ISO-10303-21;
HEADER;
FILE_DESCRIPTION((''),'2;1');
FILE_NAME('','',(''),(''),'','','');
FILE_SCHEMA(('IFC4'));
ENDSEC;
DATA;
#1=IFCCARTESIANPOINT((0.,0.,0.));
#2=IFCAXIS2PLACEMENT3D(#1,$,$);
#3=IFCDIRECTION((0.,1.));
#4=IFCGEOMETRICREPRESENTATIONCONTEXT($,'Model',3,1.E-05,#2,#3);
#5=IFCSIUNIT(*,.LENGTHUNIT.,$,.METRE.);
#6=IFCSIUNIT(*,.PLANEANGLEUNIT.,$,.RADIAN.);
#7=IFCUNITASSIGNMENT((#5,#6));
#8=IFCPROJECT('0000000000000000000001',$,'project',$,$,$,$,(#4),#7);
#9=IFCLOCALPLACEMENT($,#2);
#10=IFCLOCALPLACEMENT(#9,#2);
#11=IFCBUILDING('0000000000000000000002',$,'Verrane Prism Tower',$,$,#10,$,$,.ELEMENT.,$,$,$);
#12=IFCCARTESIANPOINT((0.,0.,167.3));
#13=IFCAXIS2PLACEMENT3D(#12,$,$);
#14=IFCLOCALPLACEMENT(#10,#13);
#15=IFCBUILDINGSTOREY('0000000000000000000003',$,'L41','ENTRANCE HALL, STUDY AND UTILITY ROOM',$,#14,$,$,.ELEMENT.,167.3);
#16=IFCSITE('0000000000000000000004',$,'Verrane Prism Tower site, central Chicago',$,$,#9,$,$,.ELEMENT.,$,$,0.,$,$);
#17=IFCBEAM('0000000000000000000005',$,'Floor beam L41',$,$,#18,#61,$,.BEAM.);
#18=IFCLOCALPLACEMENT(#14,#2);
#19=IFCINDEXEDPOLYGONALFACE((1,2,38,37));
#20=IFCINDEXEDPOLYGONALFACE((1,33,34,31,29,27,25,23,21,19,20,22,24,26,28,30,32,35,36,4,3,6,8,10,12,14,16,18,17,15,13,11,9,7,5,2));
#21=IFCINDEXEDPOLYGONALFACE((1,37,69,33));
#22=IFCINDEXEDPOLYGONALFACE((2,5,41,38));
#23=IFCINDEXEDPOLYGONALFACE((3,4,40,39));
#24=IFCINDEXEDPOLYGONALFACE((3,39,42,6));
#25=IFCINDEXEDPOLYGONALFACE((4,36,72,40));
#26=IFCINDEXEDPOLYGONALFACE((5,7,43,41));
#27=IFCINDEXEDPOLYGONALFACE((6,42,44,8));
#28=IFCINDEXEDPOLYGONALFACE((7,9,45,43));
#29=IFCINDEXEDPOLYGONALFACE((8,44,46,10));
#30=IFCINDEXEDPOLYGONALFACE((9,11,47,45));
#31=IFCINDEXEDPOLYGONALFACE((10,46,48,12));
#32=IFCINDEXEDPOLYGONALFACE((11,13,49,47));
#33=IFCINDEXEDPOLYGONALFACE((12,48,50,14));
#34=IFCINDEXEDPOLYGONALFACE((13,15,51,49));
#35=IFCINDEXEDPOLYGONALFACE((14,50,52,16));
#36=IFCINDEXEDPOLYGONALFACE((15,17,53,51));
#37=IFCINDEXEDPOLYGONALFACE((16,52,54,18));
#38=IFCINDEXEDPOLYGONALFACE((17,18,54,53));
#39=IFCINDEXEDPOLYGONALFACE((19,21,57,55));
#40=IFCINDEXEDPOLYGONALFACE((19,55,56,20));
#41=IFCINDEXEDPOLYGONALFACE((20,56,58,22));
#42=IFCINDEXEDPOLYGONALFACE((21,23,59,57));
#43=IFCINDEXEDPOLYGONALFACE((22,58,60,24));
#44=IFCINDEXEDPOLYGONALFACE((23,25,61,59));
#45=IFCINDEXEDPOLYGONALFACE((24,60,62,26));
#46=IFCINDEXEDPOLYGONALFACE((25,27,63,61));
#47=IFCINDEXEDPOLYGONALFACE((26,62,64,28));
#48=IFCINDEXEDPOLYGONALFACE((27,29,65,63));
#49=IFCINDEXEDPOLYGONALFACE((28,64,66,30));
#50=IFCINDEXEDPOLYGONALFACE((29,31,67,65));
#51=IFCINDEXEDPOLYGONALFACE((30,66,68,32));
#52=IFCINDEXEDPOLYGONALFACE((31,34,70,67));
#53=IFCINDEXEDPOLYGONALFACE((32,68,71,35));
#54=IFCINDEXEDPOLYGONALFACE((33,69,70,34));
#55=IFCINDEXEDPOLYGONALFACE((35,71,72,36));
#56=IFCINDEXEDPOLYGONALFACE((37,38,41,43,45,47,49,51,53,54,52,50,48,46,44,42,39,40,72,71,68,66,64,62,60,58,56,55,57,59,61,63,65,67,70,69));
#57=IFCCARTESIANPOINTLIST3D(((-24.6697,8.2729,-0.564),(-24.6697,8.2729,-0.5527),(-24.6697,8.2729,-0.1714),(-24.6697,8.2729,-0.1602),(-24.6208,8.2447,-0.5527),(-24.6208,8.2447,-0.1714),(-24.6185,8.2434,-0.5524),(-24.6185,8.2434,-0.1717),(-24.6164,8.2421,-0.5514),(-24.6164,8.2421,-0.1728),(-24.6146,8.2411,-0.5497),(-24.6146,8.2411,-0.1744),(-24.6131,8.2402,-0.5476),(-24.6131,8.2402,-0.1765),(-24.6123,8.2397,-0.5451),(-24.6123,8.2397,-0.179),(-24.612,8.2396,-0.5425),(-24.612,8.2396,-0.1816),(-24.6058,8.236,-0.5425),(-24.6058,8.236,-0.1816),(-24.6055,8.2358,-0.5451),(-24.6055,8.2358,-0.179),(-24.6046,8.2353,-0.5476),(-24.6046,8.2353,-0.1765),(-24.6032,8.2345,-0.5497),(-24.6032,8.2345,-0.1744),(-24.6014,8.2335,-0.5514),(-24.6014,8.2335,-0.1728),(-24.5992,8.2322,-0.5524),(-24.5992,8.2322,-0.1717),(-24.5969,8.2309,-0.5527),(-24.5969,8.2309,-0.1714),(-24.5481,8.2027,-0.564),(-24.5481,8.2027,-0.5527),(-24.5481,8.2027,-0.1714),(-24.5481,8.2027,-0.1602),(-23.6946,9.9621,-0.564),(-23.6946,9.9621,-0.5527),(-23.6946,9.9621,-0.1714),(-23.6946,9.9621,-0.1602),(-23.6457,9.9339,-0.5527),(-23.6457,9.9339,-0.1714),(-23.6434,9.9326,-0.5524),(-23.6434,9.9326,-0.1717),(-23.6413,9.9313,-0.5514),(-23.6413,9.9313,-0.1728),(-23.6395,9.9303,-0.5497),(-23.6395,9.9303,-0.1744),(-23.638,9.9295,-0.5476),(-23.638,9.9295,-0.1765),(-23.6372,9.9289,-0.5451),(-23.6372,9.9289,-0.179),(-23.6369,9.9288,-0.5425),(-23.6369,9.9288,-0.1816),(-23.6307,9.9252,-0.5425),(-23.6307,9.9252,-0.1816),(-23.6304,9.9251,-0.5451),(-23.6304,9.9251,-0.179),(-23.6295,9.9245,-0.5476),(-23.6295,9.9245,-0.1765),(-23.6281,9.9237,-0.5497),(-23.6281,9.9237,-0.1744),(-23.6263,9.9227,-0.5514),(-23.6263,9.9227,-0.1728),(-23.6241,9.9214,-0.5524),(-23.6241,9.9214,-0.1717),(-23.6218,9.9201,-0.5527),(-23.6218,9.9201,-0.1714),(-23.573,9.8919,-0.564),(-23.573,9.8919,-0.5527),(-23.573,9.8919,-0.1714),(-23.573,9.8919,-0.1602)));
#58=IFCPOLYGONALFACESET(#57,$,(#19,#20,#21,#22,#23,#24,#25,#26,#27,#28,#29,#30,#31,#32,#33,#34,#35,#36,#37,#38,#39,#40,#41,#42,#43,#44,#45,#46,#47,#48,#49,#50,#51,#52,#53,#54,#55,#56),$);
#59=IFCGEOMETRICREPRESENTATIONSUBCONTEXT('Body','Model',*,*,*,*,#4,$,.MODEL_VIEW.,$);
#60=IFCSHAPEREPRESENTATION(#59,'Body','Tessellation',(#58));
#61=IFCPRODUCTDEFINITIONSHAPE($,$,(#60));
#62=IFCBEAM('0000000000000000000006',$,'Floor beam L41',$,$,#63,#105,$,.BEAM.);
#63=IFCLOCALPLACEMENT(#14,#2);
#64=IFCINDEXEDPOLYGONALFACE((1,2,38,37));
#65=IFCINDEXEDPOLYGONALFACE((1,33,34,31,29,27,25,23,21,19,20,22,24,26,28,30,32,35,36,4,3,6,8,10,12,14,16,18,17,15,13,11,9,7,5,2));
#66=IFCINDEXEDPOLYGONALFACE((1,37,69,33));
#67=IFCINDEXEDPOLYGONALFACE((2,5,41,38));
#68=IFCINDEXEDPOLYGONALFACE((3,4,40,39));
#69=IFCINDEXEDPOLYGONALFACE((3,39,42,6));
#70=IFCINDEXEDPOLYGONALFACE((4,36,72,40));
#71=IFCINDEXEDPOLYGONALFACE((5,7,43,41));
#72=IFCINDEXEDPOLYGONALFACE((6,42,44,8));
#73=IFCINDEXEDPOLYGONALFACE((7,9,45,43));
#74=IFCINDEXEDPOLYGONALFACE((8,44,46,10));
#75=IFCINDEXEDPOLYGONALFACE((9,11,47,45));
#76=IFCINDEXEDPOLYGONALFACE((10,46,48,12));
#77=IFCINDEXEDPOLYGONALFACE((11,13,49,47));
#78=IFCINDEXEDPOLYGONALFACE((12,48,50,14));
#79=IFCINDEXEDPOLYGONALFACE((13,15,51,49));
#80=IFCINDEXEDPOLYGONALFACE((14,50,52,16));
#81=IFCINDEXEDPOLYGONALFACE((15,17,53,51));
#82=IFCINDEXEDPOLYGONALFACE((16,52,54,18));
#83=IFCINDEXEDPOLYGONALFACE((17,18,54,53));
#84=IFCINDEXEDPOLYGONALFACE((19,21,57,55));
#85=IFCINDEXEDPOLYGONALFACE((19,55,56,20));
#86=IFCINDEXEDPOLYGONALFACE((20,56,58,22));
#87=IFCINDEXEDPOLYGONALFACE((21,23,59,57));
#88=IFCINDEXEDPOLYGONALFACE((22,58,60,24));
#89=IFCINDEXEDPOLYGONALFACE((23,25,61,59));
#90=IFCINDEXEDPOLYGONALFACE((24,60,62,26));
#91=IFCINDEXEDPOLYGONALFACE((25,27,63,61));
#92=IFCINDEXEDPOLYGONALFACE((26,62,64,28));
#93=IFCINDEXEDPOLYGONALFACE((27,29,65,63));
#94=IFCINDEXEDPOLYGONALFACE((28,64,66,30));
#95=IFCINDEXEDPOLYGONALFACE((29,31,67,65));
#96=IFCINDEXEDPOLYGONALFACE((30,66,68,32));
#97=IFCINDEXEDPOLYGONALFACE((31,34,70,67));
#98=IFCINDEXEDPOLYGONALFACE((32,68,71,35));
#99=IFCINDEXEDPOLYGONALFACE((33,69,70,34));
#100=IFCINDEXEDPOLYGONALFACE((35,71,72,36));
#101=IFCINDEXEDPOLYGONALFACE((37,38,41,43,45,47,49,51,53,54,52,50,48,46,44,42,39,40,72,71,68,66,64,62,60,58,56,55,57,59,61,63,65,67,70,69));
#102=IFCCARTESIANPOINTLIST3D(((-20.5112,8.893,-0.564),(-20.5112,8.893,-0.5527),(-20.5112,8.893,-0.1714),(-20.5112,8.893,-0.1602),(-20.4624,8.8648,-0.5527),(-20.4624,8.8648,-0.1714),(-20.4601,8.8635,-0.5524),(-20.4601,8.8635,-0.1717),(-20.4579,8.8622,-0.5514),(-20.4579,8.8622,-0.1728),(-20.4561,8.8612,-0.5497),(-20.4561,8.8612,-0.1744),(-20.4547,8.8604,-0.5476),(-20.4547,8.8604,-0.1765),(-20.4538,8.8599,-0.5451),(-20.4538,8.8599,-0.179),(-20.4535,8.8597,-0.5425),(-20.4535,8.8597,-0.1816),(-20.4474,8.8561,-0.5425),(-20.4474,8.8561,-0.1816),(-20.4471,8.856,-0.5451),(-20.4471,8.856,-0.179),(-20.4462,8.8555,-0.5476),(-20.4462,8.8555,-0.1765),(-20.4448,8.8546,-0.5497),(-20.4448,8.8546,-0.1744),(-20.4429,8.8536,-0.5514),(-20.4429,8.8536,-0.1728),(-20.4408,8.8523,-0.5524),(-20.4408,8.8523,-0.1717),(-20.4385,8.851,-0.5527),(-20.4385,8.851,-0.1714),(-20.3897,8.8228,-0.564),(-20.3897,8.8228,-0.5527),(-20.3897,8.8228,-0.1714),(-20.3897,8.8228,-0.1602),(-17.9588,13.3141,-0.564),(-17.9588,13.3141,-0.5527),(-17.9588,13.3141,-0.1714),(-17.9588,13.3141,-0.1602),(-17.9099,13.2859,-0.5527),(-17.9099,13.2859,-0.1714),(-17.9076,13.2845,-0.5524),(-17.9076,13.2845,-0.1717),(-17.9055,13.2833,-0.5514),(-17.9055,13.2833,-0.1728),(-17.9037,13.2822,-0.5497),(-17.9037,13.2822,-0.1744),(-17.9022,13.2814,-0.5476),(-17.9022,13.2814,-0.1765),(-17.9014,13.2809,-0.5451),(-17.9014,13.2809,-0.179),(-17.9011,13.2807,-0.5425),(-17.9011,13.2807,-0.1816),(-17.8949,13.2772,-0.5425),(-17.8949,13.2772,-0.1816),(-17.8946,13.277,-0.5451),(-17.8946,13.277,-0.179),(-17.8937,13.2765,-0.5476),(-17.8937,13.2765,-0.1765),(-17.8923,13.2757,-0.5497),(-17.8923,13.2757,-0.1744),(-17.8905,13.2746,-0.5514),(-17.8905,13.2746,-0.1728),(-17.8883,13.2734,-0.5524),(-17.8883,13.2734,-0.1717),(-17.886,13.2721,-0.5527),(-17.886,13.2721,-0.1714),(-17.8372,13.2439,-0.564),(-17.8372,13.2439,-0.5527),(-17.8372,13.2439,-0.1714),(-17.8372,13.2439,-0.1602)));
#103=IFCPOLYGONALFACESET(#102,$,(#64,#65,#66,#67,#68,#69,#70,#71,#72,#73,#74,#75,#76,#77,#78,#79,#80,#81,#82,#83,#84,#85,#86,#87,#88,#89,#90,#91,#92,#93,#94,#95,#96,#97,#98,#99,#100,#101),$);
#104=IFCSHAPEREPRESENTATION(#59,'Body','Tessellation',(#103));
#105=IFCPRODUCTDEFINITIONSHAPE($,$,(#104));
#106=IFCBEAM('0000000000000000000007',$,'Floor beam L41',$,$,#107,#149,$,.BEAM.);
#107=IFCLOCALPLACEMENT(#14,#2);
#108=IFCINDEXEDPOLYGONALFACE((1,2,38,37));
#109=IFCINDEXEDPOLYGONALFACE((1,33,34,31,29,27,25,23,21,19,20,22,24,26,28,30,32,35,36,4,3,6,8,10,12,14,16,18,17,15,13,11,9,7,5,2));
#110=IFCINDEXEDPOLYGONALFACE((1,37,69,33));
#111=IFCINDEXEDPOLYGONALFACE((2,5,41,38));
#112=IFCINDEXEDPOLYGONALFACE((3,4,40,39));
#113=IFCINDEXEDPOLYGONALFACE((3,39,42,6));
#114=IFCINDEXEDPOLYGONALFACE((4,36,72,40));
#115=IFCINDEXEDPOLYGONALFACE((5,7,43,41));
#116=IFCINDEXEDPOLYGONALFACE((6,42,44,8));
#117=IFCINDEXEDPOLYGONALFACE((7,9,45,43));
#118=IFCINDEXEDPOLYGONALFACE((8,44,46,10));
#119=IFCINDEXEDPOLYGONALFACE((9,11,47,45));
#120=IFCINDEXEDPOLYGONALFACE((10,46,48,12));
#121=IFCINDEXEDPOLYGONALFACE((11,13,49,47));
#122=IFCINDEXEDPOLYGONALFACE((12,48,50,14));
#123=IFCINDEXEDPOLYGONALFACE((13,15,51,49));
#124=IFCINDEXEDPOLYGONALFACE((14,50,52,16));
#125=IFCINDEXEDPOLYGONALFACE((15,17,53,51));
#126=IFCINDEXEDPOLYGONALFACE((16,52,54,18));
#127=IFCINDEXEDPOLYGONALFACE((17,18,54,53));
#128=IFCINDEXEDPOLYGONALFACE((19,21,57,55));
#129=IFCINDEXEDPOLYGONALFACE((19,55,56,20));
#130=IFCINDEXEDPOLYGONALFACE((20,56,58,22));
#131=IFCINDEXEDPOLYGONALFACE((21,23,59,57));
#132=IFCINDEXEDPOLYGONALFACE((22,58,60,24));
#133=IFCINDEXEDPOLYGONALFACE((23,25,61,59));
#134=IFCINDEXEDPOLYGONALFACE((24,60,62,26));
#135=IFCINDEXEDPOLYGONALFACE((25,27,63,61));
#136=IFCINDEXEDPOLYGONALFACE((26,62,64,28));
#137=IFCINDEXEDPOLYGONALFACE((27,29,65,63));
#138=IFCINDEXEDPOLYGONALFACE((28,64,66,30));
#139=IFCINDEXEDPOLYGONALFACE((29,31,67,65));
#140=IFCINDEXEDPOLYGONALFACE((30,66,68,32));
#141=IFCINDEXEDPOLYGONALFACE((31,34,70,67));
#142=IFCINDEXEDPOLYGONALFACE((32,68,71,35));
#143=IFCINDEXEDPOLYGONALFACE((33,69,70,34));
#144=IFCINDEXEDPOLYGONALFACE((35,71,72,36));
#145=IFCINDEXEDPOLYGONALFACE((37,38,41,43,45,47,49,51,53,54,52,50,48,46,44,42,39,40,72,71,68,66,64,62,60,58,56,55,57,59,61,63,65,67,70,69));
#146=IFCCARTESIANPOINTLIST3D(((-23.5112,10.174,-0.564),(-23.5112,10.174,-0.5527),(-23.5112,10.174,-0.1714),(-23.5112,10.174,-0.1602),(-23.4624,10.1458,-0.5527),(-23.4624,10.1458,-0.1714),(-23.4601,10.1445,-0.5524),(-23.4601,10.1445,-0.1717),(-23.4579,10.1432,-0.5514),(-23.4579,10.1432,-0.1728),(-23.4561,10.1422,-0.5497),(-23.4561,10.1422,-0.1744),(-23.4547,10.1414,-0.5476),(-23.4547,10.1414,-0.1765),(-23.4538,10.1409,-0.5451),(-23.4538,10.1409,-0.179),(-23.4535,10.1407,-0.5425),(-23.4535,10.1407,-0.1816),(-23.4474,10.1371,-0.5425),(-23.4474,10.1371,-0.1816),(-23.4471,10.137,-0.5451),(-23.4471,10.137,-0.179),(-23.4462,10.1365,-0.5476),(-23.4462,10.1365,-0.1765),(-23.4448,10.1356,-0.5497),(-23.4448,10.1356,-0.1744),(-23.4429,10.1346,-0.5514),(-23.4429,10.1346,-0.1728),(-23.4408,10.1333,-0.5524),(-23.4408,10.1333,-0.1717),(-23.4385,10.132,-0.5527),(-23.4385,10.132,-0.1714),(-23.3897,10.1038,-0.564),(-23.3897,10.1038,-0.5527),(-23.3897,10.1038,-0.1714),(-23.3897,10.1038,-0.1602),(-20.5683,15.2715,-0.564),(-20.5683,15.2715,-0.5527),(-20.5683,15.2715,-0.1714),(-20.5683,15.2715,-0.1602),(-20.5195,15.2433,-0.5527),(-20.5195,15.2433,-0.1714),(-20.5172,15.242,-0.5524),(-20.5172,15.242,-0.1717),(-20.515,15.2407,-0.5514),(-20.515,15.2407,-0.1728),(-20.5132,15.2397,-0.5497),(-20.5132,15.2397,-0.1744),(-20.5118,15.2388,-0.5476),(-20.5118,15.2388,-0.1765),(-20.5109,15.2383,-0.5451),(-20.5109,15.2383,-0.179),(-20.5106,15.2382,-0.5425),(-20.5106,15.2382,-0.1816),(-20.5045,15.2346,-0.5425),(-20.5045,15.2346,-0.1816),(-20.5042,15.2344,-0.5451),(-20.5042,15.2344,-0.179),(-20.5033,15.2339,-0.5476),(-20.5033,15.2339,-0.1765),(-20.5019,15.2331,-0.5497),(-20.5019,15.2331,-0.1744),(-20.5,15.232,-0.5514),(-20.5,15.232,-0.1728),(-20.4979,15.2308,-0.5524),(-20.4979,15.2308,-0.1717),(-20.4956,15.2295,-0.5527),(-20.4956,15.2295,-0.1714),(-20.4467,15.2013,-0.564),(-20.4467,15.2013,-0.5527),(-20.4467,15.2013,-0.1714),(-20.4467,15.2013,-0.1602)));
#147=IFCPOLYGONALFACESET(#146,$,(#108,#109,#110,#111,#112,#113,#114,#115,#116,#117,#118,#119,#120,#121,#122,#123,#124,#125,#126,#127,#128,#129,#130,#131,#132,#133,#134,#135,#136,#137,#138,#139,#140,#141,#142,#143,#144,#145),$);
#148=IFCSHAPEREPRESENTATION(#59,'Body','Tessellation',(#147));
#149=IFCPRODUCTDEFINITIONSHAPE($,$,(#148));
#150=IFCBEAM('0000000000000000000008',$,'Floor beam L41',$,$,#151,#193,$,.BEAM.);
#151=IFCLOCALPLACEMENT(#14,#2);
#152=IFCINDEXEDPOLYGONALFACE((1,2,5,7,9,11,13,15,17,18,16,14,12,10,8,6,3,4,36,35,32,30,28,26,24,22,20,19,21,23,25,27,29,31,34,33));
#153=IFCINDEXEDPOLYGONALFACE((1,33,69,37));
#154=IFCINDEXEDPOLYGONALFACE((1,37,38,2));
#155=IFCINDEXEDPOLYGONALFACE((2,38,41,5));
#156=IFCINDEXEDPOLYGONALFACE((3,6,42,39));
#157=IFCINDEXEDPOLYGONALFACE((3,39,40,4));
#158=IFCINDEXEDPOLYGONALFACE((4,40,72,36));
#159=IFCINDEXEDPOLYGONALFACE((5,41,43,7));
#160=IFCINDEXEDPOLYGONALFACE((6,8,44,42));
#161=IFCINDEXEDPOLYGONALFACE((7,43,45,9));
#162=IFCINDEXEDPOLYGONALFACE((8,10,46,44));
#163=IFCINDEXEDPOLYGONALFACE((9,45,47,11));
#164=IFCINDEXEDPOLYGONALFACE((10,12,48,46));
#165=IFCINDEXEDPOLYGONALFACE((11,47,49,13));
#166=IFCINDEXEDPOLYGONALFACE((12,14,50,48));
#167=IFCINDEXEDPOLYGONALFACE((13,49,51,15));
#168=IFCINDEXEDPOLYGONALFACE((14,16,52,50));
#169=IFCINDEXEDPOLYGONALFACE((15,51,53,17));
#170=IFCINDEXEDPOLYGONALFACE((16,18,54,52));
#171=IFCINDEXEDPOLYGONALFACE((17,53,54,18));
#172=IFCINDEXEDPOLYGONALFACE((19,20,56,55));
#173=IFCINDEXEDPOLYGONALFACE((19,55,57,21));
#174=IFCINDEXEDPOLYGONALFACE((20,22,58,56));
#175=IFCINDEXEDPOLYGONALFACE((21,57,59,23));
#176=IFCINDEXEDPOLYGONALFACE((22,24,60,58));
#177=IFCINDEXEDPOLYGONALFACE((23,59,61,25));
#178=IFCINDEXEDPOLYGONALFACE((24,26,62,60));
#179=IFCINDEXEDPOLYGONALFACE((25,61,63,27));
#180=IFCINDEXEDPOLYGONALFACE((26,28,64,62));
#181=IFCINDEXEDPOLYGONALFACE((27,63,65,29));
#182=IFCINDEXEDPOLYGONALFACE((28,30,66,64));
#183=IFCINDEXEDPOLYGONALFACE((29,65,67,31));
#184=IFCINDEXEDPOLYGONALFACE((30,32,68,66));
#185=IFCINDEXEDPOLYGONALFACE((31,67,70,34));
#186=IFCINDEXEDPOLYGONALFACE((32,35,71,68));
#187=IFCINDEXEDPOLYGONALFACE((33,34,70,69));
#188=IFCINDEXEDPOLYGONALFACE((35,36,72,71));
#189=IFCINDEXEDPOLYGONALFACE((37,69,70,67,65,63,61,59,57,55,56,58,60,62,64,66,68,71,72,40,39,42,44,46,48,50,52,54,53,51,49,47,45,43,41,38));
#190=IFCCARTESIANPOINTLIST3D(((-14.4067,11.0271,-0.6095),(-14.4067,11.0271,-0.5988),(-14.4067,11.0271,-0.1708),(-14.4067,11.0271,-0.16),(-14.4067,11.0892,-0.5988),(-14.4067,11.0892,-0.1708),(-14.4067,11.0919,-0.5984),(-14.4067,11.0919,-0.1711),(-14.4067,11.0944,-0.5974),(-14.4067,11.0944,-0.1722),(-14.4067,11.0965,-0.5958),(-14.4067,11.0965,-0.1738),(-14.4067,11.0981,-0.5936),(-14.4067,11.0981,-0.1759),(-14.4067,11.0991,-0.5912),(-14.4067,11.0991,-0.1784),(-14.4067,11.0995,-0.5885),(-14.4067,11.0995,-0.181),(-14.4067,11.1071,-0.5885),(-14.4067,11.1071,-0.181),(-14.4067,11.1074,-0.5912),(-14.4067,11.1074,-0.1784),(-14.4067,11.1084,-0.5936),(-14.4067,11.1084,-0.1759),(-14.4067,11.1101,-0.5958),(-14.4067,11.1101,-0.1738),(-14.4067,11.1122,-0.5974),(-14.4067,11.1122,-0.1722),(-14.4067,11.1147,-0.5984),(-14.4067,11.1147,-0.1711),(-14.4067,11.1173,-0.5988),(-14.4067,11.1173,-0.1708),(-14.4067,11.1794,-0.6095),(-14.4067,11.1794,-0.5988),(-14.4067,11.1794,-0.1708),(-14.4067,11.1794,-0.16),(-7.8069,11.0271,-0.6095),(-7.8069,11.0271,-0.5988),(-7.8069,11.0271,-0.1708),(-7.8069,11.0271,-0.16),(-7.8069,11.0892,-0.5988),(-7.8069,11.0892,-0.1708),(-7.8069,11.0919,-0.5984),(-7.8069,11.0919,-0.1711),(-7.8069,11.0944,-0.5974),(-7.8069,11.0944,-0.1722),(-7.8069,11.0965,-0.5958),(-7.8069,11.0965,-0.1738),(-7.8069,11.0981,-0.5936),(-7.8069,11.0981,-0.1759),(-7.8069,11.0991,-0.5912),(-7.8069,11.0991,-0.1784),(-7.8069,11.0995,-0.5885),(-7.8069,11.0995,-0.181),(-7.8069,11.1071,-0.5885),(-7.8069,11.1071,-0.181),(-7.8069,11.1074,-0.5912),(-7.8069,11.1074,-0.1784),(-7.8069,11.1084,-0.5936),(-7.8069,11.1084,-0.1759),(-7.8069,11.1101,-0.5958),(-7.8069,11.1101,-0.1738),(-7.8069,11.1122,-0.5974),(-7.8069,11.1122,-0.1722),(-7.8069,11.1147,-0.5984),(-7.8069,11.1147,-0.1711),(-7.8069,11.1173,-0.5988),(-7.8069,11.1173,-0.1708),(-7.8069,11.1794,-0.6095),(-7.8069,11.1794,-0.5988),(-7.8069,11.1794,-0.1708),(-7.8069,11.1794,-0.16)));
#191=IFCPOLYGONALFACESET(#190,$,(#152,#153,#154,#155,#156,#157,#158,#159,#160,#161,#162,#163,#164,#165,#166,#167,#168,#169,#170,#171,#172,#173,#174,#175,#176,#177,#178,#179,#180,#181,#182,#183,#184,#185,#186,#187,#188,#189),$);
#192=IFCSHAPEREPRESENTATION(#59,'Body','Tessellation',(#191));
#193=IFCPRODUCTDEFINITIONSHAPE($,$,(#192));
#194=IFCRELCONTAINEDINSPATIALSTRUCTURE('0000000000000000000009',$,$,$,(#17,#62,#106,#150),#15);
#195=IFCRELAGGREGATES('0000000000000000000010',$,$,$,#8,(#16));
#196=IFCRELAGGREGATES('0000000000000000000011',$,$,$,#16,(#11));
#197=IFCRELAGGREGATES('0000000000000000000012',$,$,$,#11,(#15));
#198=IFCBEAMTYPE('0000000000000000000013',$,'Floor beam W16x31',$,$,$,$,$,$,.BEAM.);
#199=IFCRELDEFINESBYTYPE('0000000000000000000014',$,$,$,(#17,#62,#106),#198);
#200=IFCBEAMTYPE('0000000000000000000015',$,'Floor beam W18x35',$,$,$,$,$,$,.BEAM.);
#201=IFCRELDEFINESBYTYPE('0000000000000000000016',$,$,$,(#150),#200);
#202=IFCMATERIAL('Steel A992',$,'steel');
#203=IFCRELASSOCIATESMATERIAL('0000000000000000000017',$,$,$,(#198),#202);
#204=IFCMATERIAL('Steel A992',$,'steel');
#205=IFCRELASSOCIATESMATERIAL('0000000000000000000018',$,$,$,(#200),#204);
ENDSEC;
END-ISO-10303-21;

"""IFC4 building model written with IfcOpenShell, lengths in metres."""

from ifc_helpers import new_model, si_unit, direction, frame, origin, origin_2d, place, context, subcontext, project, spatial, i_section, extrude, material, material_profile, profile_set, type_object, element, save


model = new_model("IFC4")

# Units and contexts
model_context = context("Model", 3, precision=1e-05, world=origin(), true_north=direction((0.0, 1.0)))
body_context = subcontext(model_context, "Body", "Model", "MODEL_VIEW")
ifc_project = project(units=[si_unit("LENGTHUNIT", "METRE"), si_unit("PLANEANGLEUNIT", "RADIAN")], contexts=[model_context])

# Site, building, storey
site_placement = place(None, origin())
site = spatial("IfcSite", under=ifc_project, at=site_placement, Name="Verrane Prism Tower site, central Chicago", CompositionType="ELEMENT", RefElevation=0.0)
building_placement = place(site_placement, origin())
building = spatial("IfcBuilding", under=site, at=building_placement, Name="Verrane Prism Tower", CompositionType="ELEMENT")
storey_placement = place(building_placement, frame((0.0, 0.0, 167.3)))
storey = spatial("IfcBuildingStorey", under=building, at=storey_placement, Name="L41", Description="ENTRANCE HALL, STUDY AND UTILITY ROOM", CompositionType="ELEMENT", Elevation=167.3)

# Beams
ifc_material_1 = material(Name="Steel A992", Category="steel")
ifc_material_profile_1 = material_profile(ifc_material_1, i_section(OverallWidth=0.1404, OverallDepth=0.4038, WebThickness=0.0071, FlangeThickness=0.0112, FilletRadius=0.0103, at=origin_2d()), Name="W16x31")
ifc_profile_set_1 = profile_set([ifc_material_profile_1], Name="Steel A992")
beam_type_1 = type_object("IfcBeamType", Name="Floor beam W16x31", PredefinedType="BEAM", material=ifc_profile_set_1)
beam_1_placement = place(storey_placement, frame((-24.6089, 8.2378, -0.3621), z_axis=(0.499936, 0.866063, 0.0), x_axis=(-0.866063, 0.499936, 0.0)))
element("IfcBeam", 1, at=beam_1_placement, inside=storey, type_object=beam_type_1, Name="Floor beam L41", PredefinedType="BEAM", context=body_context, shape_type="SweptSolid", body=[
    extrude(i_section(OverallWidth=0.1404, OverallDepth=0.4038, WebThickness=0.0071, FlangeThickness=0.0112, FilletRadius=0.0103, at=origin_2d()), origin(), (0.0, 0.0, 1.0), 1.9504),
])
beam_2_placement = place(storey_placement, frame((-20.4504, 8.8579, -0.3621), z_axis=(0.499992, 0.86603, 0.0), x_axis=(-0.86603, 0.499992, 0.0)))
element("IfcBeam", 2, at=beam_2_placement, inside=storey, type_object=beam_type_1, Name="Floor beam L41", PredefinedType="BEAM", context=body_context, shape_type="SweptSolid", body=[
    extrude(i_section(OverallWidth=0.1404, OverallDepth=0.4038, WebThickness=0.0071, FlangeThickness=0.0112, FilletRadius=0.0103, at=origin_2d()), origin(), (0.0, 0.0, 1.0), 5.105),
])
beam_3_placement = place(storey_placement, frame((-23.4504, 10.1389, -0.3621), z_axis=(0.499985, 0.866034, 0.0), x_axis=(-0.866034, 0.499985, 0.0)))
element("IfcBeam", 3, at=beam_3_placement, inside=storey, type_object=beam_type_1, Name="Floor beam L41", PredefinedType="BEAM", context=body_context, shape_type="SweptSolid", body=[
    extrude(i_section(OverallWidth=0.1404, OverallDepth=0.4038, WebThickness=0.0071, FlangeThickness=0.0112, FilletRadius=0.0103, at=origin_2d()), origin(), (0.0, 0.0, 1.0), 5.886),
])
ifc_material_2 = material(Name="Steel A992", Category="steel")
ifc_material_profile_2 = material_profile(ifc_material_2, i_section(OverallWidth=0.1523, OverallDepth=0.4495, WebThickness=0.0076, FlangeThickness=0.0107, FilletRadius=0.0103, at=origin_2d()), Name="W18x35")
ifc_profile_set_2 = profile_set([ifc_material_profile_2], Name="Steel A992")
beam_type_2 = type_object("IfcBeamType", Name="Floor beam W18x35", PredefinedType="BEAM", material=ifc_profile_set_2)
beam_4_placement = place(storey_placement, frame((-14.4067, 11.1033, -0.3848), z_axis=(1.0, 0.0, 0.0), x_axis=(0.0, 1.0, 0.0)))
element("IfcBeam", 4, at=beam_4_placement, inside=storey, type_object=beam_type_2, Name="Floor beam L41", PredefinedType="BEAM", context=body_context, shape_type="SweptSolid", body=[
    extrude(i_section(OverallWidth=0.1523, OverallDepth=0.4495, WebThickness=0.0076, FlangeThickness=0.0107, FilletRadius=0.0103, at=origin_2d()), origin(), (0.0, 0.0, 1.0), 6.5999),
])

save(model, "model.ifc")
